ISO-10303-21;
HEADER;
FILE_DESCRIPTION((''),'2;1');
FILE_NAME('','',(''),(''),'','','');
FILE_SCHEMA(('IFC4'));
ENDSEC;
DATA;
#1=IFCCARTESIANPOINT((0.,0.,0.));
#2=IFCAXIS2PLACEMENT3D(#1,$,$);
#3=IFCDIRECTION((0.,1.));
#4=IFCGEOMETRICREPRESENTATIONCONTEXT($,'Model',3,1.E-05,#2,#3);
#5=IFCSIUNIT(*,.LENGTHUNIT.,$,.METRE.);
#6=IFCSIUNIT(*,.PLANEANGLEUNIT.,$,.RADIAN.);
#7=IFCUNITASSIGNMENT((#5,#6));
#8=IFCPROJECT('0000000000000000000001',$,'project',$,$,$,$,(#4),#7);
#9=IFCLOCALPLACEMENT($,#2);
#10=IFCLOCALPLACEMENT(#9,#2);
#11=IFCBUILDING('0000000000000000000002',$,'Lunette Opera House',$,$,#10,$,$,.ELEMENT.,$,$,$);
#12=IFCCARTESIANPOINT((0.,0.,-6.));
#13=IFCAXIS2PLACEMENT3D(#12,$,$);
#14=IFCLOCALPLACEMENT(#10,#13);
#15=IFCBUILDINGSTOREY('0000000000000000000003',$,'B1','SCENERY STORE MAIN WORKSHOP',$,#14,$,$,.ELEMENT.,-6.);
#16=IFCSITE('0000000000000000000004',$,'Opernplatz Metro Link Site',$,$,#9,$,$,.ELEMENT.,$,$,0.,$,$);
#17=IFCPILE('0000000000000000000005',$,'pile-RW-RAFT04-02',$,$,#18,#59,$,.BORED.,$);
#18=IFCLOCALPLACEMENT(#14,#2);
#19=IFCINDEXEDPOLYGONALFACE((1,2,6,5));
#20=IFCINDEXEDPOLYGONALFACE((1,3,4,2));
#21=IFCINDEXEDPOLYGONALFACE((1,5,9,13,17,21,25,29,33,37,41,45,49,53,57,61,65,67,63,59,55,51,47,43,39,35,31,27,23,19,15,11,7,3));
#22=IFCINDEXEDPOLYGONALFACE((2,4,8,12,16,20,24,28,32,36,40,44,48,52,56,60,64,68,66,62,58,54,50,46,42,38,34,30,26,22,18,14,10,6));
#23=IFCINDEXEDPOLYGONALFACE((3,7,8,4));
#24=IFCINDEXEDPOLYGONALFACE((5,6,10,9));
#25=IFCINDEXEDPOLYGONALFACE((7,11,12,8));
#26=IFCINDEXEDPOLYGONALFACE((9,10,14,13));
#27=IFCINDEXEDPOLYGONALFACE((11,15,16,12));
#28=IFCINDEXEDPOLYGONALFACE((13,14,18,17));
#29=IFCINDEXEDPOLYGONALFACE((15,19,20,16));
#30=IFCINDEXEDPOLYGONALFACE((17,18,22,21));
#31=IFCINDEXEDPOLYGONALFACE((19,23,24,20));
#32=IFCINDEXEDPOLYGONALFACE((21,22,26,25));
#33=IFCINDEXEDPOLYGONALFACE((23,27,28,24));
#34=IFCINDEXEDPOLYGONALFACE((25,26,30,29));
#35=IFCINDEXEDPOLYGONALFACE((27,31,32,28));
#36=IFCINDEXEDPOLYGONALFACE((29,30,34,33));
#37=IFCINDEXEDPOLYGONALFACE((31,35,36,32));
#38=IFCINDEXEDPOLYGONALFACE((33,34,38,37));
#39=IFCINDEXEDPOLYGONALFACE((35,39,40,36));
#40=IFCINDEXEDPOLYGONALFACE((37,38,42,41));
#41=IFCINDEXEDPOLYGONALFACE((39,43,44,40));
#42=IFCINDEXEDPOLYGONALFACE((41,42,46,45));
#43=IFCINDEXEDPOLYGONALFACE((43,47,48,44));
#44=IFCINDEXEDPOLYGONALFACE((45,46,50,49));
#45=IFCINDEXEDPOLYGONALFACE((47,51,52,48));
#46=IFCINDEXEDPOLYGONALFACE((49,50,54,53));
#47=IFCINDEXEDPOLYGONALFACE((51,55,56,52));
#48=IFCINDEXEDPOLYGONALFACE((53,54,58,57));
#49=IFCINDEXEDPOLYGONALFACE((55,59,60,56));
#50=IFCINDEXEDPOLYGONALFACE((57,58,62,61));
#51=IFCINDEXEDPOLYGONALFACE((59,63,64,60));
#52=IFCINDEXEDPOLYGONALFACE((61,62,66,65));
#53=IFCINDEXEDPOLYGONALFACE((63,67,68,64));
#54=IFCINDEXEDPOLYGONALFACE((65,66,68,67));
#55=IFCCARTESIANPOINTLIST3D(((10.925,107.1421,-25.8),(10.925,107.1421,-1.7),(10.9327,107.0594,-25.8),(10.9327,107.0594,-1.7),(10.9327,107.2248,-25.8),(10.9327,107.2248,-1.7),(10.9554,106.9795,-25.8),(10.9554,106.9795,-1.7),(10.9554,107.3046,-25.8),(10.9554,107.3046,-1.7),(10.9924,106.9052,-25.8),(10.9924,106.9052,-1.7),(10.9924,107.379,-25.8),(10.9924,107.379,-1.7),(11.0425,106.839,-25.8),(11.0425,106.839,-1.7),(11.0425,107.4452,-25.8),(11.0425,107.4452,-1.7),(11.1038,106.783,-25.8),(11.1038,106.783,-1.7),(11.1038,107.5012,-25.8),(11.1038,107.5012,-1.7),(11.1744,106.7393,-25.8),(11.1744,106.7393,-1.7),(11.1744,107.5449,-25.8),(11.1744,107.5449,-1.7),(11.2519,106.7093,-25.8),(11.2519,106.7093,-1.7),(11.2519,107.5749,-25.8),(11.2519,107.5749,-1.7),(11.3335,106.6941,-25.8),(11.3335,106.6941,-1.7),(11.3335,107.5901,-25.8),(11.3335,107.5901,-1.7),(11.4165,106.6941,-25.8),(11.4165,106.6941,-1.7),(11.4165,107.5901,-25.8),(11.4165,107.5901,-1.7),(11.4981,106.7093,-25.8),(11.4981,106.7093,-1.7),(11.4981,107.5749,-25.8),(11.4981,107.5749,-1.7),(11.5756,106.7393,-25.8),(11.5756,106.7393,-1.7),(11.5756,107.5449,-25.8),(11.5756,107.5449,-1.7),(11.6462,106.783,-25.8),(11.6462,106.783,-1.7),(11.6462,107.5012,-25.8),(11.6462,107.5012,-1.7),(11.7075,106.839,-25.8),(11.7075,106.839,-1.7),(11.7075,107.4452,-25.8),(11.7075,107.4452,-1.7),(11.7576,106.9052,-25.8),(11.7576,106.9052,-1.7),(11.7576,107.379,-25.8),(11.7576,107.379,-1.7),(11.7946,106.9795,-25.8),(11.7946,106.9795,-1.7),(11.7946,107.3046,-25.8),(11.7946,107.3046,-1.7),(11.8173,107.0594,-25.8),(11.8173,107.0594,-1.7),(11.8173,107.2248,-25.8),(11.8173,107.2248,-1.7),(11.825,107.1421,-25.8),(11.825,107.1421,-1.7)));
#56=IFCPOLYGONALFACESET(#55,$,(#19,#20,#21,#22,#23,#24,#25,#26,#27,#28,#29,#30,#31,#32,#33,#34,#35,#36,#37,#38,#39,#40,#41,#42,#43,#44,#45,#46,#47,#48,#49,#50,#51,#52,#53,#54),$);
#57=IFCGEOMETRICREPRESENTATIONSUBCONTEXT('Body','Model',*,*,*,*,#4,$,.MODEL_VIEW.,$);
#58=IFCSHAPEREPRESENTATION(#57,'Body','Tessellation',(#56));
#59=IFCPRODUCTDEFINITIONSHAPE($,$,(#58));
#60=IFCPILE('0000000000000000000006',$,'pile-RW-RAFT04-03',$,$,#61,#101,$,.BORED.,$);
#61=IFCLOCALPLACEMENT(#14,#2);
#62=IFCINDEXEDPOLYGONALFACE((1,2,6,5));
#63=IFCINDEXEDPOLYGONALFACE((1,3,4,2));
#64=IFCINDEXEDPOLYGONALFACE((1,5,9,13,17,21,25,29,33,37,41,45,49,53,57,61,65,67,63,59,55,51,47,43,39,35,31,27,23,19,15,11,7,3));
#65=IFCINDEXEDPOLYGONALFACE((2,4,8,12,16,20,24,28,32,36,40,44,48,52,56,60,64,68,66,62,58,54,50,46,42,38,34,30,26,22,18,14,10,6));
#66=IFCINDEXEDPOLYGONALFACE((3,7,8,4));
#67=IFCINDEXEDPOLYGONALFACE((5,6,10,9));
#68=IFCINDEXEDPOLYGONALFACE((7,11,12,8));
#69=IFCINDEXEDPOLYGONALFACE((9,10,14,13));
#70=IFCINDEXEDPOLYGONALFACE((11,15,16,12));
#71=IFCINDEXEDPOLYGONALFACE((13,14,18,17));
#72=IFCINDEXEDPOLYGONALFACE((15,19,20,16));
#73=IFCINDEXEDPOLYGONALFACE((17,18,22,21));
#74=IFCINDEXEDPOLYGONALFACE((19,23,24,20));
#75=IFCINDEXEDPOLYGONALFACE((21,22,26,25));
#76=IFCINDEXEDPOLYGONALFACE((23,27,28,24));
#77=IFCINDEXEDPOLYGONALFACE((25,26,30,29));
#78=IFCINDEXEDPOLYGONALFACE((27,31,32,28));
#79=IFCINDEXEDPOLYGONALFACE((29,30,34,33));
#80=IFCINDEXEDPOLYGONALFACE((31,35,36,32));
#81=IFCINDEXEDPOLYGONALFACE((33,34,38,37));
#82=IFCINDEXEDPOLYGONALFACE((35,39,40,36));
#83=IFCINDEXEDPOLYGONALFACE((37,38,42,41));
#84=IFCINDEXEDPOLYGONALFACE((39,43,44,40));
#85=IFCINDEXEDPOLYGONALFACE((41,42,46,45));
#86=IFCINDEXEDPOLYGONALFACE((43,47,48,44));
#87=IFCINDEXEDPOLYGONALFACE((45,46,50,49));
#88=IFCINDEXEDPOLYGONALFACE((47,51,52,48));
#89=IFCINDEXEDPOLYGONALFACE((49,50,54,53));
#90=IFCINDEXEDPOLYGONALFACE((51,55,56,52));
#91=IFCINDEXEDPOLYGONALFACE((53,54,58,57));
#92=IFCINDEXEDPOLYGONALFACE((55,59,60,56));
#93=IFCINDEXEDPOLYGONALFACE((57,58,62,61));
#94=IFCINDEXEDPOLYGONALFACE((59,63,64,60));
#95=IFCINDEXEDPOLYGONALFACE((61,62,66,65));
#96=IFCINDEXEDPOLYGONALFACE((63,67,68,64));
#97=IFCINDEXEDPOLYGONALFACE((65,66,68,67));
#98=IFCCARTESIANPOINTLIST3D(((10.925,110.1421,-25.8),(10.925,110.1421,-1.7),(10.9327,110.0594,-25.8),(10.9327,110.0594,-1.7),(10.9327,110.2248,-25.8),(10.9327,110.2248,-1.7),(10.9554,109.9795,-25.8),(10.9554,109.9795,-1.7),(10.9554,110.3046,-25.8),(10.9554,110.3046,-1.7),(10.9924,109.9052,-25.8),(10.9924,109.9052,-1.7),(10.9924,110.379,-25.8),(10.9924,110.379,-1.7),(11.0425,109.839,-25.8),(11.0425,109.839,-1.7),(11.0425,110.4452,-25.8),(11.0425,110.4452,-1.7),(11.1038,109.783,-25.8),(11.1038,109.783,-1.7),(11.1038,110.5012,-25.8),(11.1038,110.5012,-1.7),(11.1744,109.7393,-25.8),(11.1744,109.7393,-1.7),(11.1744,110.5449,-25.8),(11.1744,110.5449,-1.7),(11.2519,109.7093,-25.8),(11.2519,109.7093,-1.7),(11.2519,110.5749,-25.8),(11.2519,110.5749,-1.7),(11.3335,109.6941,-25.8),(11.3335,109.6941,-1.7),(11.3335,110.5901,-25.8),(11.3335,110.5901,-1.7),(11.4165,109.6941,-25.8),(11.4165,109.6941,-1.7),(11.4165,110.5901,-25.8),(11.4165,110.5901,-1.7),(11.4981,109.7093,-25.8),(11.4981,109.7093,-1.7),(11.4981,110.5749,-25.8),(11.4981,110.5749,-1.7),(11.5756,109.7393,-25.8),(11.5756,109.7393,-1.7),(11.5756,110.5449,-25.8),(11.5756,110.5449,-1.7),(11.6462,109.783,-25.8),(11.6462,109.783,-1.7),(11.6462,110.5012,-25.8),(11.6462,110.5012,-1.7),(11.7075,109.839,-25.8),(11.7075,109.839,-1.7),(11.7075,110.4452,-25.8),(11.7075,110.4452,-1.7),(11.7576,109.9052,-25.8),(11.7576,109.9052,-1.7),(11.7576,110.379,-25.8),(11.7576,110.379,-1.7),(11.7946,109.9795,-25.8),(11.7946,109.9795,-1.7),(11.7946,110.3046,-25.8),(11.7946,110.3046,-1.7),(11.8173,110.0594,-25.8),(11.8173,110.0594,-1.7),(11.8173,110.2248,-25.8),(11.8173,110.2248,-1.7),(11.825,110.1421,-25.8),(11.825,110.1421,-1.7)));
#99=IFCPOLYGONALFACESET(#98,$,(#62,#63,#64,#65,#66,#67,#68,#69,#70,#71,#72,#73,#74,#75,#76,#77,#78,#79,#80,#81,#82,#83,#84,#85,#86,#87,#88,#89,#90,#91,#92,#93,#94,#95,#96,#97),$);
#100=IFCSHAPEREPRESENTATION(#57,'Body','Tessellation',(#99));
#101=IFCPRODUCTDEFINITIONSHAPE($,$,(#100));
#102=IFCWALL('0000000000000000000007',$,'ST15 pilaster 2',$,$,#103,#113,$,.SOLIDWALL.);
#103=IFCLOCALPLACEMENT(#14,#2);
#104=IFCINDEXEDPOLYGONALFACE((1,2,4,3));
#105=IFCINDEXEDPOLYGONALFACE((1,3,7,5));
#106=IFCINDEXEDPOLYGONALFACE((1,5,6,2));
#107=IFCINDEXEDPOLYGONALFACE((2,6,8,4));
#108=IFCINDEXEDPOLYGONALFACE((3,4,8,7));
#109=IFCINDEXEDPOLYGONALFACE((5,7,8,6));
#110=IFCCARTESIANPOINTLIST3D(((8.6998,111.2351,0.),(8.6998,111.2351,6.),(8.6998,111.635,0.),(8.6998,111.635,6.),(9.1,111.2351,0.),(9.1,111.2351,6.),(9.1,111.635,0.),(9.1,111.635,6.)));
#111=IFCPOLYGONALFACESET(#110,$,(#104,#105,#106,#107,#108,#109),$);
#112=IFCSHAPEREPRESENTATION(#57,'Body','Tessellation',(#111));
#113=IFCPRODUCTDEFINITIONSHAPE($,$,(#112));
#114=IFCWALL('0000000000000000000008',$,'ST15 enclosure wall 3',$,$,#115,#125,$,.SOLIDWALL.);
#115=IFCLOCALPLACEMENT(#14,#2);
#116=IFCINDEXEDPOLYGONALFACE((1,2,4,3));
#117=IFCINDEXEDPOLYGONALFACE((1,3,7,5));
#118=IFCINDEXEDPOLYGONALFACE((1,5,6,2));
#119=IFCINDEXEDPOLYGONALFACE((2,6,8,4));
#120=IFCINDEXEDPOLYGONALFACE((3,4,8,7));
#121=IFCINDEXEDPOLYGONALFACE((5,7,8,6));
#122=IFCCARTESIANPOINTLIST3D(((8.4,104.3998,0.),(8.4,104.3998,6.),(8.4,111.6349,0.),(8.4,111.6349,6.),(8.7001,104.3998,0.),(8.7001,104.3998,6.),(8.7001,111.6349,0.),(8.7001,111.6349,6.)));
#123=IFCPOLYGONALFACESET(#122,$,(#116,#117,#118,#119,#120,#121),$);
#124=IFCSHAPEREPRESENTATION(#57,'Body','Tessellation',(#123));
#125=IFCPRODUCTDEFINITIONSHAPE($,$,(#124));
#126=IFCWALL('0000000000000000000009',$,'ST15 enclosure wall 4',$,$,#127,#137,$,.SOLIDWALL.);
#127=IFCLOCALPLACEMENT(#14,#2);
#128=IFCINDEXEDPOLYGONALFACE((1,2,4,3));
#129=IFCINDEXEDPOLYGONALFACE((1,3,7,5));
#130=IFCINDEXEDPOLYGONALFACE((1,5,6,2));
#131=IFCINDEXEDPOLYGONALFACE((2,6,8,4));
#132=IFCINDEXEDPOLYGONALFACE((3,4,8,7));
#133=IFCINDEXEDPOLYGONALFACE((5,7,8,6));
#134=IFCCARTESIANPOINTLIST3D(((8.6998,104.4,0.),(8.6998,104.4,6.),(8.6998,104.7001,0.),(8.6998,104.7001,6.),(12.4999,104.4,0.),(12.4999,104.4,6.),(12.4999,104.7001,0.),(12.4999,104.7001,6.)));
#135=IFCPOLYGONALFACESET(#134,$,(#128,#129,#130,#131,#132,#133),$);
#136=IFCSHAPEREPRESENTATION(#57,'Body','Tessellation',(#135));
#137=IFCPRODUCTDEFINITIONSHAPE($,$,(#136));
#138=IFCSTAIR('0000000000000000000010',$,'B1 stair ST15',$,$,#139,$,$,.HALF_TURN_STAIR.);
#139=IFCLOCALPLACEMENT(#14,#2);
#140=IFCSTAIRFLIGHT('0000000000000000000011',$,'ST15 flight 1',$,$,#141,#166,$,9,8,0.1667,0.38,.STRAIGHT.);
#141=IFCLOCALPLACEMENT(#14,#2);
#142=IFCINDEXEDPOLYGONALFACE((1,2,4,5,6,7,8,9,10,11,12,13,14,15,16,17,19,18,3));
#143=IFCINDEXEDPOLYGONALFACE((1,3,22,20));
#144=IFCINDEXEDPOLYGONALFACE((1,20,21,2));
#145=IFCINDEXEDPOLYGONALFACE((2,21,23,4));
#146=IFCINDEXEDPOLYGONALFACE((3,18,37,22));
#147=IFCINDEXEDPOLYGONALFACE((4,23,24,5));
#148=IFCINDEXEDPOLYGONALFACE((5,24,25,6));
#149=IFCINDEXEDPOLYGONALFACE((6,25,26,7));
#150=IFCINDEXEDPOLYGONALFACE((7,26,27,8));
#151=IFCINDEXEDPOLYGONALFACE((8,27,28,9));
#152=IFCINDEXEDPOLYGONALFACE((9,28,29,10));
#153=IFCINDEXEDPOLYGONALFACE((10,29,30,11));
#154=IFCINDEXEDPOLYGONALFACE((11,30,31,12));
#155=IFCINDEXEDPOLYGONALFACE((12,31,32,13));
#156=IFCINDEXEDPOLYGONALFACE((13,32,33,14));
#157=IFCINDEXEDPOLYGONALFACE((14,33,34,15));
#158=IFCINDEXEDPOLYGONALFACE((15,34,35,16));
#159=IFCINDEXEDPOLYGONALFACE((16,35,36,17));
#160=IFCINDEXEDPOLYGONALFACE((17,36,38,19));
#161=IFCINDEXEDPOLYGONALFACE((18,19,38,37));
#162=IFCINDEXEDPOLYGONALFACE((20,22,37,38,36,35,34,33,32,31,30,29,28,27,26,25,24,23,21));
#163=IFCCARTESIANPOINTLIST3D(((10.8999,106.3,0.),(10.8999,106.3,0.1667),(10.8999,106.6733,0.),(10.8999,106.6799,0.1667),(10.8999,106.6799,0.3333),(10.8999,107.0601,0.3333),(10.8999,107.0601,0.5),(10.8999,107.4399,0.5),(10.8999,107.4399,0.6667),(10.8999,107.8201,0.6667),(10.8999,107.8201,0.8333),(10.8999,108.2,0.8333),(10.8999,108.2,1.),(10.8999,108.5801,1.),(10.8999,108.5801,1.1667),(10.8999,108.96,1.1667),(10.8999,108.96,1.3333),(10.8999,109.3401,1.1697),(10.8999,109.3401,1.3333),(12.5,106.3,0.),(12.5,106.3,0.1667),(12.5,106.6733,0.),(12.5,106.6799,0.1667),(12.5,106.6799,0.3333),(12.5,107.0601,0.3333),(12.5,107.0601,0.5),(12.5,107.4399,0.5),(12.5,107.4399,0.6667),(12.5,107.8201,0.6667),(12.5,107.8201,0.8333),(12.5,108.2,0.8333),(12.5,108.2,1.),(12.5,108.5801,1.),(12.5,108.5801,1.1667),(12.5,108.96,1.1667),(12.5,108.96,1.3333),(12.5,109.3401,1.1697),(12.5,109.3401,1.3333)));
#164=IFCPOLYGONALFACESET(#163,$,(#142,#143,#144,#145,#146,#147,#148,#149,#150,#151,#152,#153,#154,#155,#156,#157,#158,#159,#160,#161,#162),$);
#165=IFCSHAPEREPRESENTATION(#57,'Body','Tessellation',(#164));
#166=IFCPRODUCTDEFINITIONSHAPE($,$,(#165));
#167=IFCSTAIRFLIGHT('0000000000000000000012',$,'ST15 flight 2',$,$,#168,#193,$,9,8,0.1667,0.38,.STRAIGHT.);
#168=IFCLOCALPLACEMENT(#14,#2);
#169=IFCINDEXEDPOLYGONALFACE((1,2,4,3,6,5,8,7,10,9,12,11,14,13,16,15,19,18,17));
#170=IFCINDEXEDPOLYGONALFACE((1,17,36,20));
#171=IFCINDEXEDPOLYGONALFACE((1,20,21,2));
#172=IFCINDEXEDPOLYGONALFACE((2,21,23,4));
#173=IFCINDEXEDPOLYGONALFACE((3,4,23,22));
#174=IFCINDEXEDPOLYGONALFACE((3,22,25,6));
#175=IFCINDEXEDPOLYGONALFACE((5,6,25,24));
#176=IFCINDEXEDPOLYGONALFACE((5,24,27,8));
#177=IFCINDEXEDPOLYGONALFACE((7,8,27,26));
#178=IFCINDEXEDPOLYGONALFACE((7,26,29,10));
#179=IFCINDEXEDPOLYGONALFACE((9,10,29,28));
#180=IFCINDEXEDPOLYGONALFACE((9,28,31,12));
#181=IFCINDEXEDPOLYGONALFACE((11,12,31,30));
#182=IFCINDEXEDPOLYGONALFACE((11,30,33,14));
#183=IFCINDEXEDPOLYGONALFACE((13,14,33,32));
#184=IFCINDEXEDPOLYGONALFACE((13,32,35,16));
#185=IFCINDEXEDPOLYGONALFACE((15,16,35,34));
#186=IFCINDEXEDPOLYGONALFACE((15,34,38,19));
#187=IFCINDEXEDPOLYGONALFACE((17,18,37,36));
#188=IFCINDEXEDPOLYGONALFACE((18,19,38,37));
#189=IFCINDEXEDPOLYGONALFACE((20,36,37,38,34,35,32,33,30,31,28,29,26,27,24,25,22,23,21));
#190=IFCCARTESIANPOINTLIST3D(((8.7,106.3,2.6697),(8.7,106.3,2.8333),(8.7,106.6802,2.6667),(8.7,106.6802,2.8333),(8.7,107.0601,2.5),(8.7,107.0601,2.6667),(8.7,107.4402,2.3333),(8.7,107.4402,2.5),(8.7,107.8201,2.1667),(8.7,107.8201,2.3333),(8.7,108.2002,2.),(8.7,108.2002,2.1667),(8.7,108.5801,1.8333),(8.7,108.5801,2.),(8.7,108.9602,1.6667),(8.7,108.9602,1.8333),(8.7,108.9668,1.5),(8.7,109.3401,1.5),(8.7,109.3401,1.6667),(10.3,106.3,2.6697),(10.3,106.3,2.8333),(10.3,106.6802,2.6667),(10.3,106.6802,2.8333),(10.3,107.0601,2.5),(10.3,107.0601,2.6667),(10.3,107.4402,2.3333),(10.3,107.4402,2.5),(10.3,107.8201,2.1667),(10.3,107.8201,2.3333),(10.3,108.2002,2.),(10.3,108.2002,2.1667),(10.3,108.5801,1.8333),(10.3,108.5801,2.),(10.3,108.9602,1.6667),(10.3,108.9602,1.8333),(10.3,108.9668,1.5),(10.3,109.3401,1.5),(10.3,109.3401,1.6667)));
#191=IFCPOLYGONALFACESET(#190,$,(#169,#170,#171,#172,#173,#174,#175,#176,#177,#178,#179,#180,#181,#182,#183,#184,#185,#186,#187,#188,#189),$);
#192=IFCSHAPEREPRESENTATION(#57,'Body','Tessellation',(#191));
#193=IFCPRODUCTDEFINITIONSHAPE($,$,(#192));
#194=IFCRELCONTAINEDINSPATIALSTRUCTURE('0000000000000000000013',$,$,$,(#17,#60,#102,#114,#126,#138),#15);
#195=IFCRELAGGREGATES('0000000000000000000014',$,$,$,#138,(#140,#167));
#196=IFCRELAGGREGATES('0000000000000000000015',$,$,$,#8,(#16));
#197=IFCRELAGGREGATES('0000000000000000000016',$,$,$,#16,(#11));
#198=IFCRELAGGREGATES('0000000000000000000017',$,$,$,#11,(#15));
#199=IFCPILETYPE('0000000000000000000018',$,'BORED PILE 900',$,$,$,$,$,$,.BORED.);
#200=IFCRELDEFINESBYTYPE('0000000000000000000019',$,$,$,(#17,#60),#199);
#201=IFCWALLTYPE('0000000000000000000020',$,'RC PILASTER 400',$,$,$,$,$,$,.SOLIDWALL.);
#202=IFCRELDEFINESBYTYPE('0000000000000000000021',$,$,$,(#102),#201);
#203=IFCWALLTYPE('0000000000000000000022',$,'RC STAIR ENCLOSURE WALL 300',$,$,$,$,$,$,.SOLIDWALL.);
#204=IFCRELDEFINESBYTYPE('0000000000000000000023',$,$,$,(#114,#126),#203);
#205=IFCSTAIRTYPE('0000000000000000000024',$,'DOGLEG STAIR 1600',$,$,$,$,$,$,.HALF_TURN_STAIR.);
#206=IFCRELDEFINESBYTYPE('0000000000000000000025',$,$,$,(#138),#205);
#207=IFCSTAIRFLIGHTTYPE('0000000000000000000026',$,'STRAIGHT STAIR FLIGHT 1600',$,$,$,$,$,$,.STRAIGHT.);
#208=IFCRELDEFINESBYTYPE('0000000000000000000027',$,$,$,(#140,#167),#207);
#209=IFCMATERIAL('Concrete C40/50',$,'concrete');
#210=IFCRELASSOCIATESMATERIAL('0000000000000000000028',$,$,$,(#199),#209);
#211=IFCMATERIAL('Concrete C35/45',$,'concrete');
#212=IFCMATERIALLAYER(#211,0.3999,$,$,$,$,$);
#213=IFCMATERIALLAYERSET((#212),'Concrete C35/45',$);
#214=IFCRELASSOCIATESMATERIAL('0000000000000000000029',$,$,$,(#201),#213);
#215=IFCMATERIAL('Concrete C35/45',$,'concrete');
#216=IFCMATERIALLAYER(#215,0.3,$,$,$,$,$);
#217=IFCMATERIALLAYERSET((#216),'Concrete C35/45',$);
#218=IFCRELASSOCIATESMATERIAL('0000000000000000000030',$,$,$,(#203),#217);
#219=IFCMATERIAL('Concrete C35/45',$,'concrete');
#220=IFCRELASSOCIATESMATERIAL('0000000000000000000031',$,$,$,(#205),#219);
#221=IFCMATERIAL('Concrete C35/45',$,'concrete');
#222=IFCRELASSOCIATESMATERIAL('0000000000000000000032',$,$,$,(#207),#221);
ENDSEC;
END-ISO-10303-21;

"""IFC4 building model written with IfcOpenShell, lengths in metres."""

from ifc_helpers import new_model, si_unit, direction, frame, frame_2d, origin, origin_2d, place, context, subcontext, project, spatial, polyline, rectangle, circle, outline, extrude, material, layer, layer_set, material_profile, profile_set, type_object, element, aggregate, save


model = new_model("IFC4")

# Units and contexts
model_context = context("Model", 3, precision=1e-05, world=origin(), true_north=direction((0.0, 1.0)))
body_context = subcontext(model_context, "Body", "Model", "MODEL_VIEW")
ifc_project = project(units=[si_unit("LENGTHUNIT", "METRE"), si_unit("PLANEANGLEUNIT", "RADIAN")], contexts=[model_context])

# Site, building, storey
site_placement = place(None, origin())
site = spatial("IfcSite", under=ifc_project, at=site_placement, Name="Opernplatz Metro Link Site", CompositionType="ELEMENT", RefElevation=0.0)
building_placement = place(site_placement, origin())
building = spatial("IfcBuilding", under=site, at=building_placement, Name="Lunette Opera House", CompositionType="ELEMENT")
storey_placement = place(building_placement, frame((0.0, 0.0, -6.0)))
storey = spatial("IfcBuildingStorey", under=building, at=storey_placement, Name="B1", Description="SCENERY STORE MAIN WORKSHOP", CompositionType="ELEMENT", Elevation=-6.0)

# Piles
ifc_material_1 = material(Name="Concrete C40/50", Category="concrete")
ifc_material_profile = material_profile(ifc_material_1, circle(Radius=0.45, at=origin_2d()), Name="BORED PILE 900")
ifc_profile_set = profile_set([ifc_material_profile], Name="Concrete C40/50")
pile_type = type_object("IfcPileType", Name="BORED PILE 900", PredefinedType="BORED", material=ifc_profile_set)
for number, where, z_axis, x_axis, name in (
    (1, (11.375, 107.1421, -1.7), (0.0, 0.0, -1.0), (1.0, 0.0, 0.0), "pile-RW-RAFT04-02"),
    (2, (11.375, 110.1421, -1.7), (0.0, 0.0, -1.0), (1.0, 0.0, 0.0), "pile-RW-RAFT04-03"),
):
    element("IfcPile", number, at=place(storey_placement, frame(where, z_axis=z_axis, x_axis=x_axis)), inside=storey, type_object=pile_type, Name=name, PredefinedType="BORED", context=body_context, shape_type="SweptSolid", body=[
        extrude(circle(Radius=0.45, at=origin_2d()), origin(), (0.0, 0.0, 1.0), 24.1001),
    ])

# Walls
ifc_material_2 = material(Name="Concrete C35/45", Category="concrete")
ifc_layer_1 = layer(ifc_material_2, 0.3999)
ifc_layer_set_1 = layer_set([ifc_layer_1], Name="Concrete C35/45")
wall_type_1 = type_object("IfcWallType", Name="RC PILASTER 400", PredefinedType="SOLIDWALL", material=ifc_layer_set_1)
wall_1_placement = place(storey_placement, frame((9.1001, 111.4351, 0.0), z_axis=(0.0, 0.0, 1.0), x_axis=(-1.0, 0.0, 0.0)))
element("IfcWall", 3, at=wall_1_placement, inside=storey, type_object=wall_type_1, Name="ST15 pilaster 2", PredefinedType="SOLIDWALL", context=body_context, shape_type="SweptSolid", body=[
    extrude(rectangle(XDim=0.4001, YDim=0.3999, at=frame_2d((0.2002, 0.0))), origin(), (0.0, 0.0, 1.0), 6.0),
])
ifc_material_3 = material(Name="Concrete C35/45", Category="concrete")
ifc_layer_2 = layer(ifc_material_3, 0.3)
ifc_layer_set_2 = layer_set([ifc_layer_2], Name="Concrete C35/45")
wall_type_2 = type_object("IfcWallType", Name="RC STAIR ENCLOSURE WALL 300", PredefinedType="SOLIDWALL", material=ifc_layer_set_2)
wall_2_placement = place(storey_placement, frame((8.55, 111.635, 0.0), z_axis=(0.0, 0.0, 1.0), x_axis=(0.0, -1.0, 0.0)))
element("IfcWall", 4, at=wall_2_placement, inside=storey, type_object=wall_type_2, Name="ST15 enclosure wall 3", PredefinedType="SOLIDWALL", context=body_context, shape_type="SweptSolid", body=[
    extrude(rectangle(XDim=7.2351, YDim=0.3, at=frame_2d((3.6177, 0.0))), origin(), (0.0, 0.0, 1.0), 6.0),
])
wall_3_placement = place(storey_placement, frame((8.7, 104.55, 0.0), z_axis=(0.0, 0.0, 1.0), x_axis=(1.0, 0.0, 0.0)))
element("IfcWall", 5, at=wall_3_placement, inside=storey, type_object=wall_type_2, Name="ST15 enclosure wall 4", PredefinedType="SOLIDWALL", context=body_context, shape_type="SweptSolid", body=[
    extrude(rectangle(XDim=3.8, YDim=0.3, at=frame_2d((1.8999, 0.0))), origin(), (0.0, 0.0, 1.0), 6.0),
])

# Stair, stair flights
ifc_material_4 = material(Name="Concrete C35/45", Category="concrete")
stair_type = type_object("IfcStairType", Name="DOGLEG STAIR 1600", PredefinedType="HALF_TURN_STAIR", material=ifc_material_4)
stair_placement = place(storey_placement, origin())
stair = element("IfcStair", 6, at=stair_placement, inside=storey, type_object=stair_type, Name="B1 stair ST15", PredefinedType="HALF_TURN_STAIR")
ifc_material_5 = material(Name="Concrete C35/45", Category="concrete")
stair_flight_type = type_object("IfcStairFlightType", Name="STRAIGHT STAIR FLIGHT 1600", PredefinedType="STRAIGHT", material=ifc_material_5)
stair_flight_1_placement = place(storey_placement, frame((11.7, 106.3, 0.0), z_axis=(0.0, 0.0, 1.0), x_axis=(0.0, 1.0, 0.0)))
stair_flight_1 = element("IfcStairFlight", 7, at=stair_flight_1_placement, type_object=stair_flight_type, Name="ST15 flight 1", NumberOfRisers=9, NumberOfTreads=8, PredefinedType="STRAIGHT", RiserHeight=0.1667, TreadLength=0.38, context=body_context, shape_type="SweptSolid", body=[
    extrude(outline(polyline([(0.0, 0.0), (0.0, 0.1667), (0.3799, 0.1667), (0.3799, 0.3333), (0.76, 0.3333), (0.76, 0.5), (1.1399, 0.5), (1.1399, 0.6667), (1.52, 0.6667), (1.52, 0.8333), (1.8999, 0.8333), (1.8999, 1.0), (2.28, 1.0), (2.28, 1.1667), (2.6599, 1.1667), (2.6599, 1.3333), (3.04, 1.3333), (3.04, 1.5), (3.04, 1.1697), (0.3733, 0.0), (0.0, 0.0)])), frame((0.0, 0.8, 0.0), z_axis=(0.0, -1.0, 0.0), x_axis=(1.0, 0.0, 0.0)), (0.0, 0.0, 1.0), 1.6001),
])
stair_flight_2_placement = place(storey_placement, frame((9.5, 109.3401, 1.5), z_axis=(0.0, 0.0, 1.0), x_axis=(0.0, -1.0, 0.0)))
stair_flight_2 = element("IfcStairFlight", 8, at=stair_flight_2_placement, type_object=stair_flight_type, Name="ST15 flight 2", NumberOfRisers=9, NumberOfTreads=8, PredefinedType="STRAIGHT", RiserHeight=0.1667, TreadLength=0.38, context=body_context, shape_type="SweptSolid", body=[
    extrude(outline(polyline([(0.0, 0.0), (0.0, 0.1667), (0.3799, 0.1667), (0.3799, 0.3333), (0.76, 0.3333), (0.76, 0.5), (1.1399, 0.5), (1.1399, 0.6667), (1.52, 0.6667), (1.52, 0.8333), (1.8999, 0.8333), (1.8999, 1.0), (2.28, 1.0), (2.28, 1.1667), (2.6599, 1.1667), (2.6599, 1.3333), (3.04, 1.3333), (3.04, 1.5), (3.04, 1.1697), (0.3733, 0.0), (0.0, 0.0)])), frame((0.0, 0.8, 0.0), z_axis=(0.0, -1.0, 0.0), x_axis=(1.0, 0.0, 0.0)), (0.0, 0.0, 1.0), 1.6001),
])
aggregate(stair, [stair_flight_1, stair_flight_2])

save(model, "model.ifc")
